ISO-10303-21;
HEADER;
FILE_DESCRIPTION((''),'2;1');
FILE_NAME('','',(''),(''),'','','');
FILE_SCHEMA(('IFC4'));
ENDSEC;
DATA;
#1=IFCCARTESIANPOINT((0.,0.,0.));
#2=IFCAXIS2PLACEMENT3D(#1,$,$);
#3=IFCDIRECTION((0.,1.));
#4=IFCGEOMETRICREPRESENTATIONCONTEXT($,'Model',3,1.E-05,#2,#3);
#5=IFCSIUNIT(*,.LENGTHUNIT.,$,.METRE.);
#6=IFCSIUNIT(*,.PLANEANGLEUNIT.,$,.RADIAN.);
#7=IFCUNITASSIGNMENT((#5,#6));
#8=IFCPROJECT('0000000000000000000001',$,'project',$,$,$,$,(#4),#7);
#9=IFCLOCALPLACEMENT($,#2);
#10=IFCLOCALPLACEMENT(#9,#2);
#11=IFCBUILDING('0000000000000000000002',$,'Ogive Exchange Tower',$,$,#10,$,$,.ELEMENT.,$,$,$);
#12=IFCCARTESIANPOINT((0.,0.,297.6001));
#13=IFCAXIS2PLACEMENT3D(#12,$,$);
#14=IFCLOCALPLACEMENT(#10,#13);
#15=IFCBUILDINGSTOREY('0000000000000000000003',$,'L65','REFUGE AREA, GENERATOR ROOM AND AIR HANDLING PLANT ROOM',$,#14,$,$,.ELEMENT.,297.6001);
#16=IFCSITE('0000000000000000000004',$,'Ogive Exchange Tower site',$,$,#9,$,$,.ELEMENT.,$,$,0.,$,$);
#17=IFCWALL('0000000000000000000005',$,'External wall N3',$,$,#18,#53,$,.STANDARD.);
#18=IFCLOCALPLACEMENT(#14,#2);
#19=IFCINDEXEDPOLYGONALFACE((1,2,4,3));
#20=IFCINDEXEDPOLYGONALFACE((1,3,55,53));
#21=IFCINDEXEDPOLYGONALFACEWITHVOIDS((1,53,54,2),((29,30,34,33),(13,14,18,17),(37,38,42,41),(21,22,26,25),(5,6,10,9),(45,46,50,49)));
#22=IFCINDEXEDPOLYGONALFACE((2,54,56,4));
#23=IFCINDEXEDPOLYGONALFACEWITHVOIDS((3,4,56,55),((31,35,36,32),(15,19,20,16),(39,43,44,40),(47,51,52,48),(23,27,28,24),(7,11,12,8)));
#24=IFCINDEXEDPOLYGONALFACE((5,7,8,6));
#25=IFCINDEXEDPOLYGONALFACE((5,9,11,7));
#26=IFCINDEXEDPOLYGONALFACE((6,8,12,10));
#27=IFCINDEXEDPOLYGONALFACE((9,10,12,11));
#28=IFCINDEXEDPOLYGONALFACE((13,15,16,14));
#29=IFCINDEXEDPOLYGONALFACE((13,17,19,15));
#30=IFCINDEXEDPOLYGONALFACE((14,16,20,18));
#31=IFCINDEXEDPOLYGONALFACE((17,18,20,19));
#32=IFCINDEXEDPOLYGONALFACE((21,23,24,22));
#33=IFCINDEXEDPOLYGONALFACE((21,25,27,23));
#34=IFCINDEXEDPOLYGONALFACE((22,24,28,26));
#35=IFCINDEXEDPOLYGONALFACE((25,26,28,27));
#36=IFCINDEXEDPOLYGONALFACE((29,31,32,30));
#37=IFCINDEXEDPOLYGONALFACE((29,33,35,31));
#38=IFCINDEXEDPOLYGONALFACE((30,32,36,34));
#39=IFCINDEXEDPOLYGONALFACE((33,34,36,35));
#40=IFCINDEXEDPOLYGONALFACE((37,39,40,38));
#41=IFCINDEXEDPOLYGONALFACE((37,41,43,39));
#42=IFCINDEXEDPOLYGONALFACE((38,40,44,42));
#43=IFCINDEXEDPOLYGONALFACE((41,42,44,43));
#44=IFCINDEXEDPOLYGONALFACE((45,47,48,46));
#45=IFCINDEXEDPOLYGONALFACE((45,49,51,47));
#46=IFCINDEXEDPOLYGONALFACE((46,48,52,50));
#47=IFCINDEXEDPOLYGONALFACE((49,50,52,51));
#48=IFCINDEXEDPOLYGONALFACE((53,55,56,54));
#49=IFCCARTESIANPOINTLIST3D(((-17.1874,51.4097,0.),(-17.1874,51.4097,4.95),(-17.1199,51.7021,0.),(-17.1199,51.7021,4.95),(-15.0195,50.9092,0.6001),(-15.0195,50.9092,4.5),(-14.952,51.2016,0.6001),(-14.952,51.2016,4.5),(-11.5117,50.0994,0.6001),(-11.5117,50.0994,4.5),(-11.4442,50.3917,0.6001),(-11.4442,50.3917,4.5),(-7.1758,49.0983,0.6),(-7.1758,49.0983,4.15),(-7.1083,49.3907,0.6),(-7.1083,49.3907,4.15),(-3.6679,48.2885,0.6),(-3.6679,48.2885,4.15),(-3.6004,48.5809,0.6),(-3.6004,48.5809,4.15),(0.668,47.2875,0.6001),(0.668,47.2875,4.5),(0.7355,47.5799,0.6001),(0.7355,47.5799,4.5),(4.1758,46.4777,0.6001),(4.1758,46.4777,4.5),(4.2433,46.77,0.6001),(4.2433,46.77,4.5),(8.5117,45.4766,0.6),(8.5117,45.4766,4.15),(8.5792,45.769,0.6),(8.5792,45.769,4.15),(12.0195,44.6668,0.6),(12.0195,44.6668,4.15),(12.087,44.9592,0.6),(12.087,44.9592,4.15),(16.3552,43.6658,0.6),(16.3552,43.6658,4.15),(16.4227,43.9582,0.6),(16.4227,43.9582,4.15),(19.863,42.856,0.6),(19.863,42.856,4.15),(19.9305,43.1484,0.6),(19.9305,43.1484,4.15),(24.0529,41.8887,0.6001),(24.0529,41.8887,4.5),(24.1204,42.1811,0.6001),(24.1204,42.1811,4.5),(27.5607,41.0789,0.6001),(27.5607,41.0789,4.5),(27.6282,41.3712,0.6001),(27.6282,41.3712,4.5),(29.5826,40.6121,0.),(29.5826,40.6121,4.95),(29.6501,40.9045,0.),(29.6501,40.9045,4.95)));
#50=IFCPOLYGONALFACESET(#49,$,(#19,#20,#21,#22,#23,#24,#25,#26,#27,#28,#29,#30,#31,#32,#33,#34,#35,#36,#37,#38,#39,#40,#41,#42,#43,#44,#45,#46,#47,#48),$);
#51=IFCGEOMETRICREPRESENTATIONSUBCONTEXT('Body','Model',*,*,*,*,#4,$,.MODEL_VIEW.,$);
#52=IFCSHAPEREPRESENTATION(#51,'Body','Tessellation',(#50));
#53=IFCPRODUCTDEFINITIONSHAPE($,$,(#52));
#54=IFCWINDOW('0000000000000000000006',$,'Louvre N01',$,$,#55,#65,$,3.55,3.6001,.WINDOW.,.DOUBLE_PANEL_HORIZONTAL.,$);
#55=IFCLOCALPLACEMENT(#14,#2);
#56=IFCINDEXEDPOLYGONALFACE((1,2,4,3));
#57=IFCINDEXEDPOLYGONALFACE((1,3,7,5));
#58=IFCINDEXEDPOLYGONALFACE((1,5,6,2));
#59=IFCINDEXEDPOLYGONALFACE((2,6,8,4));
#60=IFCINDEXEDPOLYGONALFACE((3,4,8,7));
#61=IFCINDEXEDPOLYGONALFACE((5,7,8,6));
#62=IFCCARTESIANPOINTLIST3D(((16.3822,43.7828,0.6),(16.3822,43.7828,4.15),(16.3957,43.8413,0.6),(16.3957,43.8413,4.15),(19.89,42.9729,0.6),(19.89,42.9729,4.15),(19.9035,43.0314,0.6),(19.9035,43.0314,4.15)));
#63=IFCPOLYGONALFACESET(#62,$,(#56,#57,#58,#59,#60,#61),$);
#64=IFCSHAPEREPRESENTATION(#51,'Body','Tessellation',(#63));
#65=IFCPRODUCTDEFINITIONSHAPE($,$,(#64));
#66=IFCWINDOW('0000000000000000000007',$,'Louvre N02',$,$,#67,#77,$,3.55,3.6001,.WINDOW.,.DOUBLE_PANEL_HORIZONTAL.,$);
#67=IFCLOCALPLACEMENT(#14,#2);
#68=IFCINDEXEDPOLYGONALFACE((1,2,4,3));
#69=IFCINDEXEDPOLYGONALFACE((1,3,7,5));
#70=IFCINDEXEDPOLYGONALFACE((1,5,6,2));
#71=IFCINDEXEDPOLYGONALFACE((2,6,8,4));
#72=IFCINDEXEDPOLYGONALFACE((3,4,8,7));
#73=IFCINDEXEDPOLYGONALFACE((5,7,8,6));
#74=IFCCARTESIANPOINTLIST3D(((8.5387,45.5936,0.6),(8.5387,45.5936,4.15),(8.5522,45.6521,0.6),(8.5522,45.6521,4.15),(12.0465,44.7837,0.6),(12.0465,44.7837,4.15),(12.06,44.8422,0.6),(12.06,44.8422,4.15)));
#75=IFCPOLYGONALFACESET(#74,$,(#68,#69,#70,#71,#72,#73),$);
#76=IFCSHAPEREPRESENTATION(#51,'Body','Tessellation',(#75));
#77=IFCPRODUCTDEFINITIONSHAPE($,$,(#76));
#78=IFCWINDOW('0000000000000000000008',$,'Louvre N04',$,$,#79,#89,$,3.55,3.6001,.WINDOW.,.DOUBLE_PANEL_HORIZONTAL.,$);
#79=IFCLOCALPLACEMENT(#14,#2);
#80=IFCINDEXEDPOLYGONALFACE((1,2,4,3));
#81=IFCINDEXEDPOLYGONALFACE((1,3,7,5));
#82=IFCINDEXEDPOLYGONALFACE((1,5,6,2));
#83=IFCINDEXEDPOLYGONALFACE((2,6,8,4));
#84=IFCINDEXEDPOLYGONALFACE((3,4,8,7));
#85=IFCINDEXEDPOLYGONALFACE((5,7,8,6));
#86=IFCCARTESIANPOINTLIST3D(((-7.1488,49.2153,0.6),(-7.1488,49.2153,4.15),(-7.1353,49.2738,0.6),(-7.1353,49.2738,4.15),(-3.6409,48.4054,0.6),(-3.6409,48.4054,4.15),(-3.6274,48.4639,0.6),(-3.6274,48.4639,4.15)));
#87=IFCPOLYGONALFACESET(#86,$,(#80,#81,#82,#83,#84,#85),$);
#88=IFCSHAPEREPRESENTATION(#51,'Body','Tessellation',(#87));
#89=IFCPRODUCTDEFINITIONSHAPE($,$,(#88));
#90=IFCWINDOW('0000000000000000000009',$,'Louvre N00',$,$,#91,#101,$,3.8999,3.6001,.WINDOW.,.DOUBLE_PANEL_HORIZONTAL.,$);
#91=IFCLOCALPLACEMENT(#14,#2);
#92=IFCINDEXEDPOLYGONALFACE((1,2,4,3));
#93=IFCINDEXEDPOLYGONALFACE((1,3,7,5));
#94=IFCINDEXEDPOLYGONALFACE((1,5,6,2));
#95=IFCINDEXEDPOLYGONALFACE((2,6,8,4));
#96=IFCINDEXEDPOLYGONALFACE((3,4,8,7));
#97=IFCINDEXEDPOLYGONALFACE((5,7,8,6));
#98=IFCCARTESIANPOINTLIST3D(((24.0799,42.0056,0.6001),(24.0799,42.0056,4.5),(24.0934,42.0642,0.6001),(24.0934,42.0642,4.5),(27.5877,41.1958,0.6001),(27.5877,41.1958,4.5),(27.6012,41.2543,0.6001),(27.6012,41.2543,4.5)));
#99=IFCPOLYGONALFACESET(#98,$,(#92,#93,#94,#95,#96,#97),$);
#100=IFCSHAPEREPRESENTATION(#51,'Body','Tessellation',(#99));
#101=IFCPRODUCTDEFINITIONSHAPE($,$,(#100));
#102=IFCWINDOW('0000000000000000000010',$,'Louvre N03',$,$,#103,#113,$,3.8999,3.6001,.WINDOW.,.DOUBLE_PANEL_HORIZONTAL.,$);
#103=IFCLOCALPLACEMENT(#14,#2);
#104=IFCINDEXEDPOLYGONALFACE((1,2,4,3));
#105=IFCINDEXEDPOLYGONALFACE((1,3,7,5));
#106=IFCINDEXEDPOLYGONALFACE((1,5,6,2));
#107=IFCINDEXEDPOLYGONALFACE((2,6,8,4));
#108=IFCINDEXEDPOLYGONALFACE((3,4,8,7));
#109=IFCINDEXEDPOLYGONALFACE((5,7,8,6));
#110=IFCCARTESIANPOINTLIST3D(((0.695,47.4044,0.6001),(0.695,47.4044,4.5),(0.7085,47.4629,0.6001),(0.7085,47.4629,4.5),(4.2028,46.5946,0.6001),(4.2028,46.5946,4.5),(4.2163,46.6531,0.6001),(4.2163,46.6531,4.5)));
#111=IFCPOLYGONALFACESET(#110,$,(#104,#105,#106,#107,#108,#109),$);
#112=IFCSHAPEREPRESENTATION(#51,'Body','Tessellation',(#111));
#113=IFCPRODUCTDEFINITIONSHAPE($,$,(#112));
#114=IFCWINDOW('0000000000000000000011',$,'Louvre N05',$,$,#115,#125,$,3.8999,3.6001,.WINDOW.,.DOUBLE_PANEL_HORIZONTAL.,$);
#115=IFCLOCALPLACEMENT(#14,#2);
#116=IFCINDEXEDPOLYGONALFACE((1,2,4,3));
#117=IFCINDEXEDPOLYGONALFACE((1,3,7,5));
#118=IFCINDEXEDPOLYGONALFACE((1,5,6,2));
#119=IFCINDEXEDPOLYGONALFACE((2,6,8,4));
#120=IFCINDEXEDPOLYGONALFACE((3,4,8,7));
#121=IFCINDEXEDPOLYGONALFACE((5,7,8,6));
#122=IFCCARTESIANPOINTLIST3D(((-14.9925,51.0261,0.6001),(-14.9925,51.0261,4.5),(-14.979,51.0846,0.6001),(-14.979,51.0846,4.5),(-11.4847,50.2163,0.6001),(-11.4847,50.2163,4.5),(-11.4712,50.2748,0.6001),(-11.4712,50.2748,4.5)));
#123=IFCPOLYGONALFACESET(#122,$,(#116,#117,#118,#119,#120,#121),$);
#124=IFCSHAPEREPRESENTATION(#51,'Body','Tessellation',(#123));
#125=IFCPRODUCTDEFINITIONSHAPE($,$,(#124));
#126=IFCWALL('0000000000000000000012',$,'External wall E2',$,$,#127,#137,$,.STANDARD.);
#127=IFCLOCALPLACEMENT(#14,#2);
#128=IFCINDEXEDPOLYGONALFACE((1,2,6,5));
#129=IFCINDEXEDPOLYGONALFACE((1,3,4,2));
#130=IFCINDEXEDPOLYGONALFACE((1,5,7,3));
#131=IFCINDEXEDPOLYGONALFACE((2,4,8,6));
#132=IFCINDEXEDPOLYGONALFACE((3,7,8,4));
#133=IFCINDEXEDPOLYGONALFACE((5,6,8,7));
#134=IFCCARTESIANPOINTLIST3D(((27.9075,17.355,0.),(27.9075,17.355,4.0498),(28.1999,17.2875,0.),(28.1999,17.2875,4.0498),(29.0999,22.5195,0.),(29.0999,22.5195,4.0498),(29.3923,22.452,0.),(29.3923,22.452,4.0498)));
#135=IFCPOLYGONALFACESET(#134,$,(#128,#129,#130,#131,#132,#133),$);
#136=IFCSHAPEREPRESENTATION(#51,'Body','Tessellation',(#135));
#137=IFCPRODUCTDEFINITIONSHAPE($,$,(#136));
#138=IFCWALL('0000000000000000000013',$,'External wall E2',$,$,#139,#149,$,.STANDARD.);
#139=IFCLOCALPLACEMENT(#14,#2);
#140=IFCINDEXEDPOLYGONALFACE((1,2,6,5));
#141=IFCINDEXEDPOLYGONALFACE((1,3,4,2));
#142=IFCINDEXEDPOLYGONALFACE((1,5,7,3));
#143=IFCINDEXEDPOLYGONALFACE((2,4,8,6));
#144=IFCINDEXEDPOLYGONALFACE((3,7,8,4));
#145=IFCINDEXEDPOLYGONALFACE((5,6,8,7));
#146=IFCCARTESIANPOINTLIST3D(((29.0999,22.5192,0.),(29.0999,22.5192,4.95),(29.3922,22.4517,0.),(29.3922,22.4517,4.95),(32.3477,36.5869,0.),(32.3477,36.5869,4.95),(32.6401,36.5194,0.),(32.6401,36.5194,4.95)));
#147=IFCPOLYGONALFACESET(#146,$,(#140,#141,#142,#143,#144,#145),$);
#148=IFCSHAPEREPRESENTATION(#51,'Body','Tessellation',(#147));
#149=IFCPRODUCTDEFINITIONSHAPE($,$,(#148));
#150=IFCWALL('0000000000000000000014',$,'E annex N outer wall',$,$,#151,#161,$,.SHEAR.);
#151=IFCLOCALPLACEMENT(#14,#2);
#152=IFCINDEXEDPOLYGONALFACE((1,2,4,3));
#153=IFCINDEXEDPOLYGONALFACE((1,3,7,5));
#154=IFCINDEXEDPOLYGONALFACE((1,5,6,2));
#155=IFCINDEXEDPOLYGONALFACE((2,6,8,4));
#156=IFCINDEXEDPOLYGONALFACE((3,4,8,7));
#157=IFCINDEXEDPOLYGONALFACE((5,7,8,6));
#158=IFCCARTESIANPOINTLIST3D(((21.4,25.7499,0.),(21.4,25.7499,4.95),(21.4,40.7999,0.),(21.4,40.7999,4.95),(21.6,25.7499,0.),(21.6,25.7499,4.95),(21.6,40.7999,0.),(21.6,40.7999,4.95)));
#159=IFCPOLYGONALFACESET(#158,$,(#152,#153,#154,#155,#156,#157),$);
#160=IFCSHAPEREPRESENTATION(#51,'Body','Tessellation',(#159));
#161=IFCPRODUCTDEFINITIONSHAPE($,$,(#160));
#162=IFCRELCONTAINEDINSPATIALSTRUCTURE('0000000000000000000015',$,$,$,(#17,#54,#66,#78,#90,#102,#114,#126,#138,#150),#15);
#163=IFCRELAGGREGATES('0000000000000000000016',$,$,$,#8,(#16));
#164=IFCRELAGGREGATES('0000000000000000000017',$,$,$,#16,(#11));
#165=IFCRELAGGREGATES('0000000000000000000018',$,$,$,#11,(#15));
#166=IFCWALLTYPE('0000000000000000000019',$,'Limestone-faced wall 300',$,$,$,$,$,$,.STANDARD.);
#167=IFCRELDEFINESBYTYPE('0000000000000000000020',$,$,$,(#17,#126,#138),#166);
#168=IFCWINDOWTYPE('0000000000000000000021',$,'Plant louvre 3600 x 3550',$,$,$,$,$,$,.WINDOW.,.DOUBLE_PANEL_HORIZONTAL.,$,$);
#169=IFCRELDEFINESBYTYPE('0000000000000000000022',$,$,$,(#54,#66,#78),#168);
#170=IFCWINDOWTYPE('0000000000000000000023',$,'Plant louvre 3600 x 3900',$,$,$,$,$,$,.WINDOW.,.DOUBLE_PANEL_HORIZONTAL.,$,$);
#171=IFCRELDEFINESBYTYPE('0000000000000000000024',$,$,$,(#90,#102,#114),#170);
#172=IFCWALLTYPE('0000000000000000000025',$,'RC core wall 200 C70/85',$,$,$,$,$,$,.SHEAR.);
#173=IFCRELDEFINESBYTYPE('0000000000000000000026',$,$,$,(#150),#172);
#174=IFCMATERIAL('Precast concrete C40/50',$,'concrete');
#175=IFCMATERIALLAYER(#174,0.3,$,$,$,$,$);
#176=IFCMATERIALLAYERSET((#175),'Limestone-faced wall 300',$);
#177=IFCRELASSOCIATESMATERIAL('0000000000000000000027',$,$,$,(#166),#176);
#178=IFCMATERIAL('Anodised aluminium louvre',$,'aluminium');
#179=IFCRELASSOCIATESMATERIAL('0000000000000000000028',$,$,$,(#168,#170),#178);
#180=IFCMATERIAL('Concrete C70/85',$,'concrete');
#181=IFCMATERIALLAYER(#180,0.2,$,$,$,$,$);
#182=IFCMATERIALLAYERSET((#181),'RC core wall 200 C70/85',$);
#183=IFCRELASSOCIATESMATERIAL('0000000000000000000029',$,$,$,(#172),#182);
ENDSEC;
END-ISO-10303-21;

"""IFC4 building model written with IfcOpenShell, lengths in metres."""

from ifc_helpers import new_model, si_unit, direction, frame, frame_2d, origin, place, context, subcontext, project, spatial, rectangle, extrude, material, layer, layer_set, type_object, element, fill, save


model = new_model("IFC4")

# Units and contexts
model_context = context("Model", 3, precision=1e-05, world=origin(), true_north=direction((0.0, 1.0)))
body_context = subcontext(model_context, "Body", "Model", "MODEL_VIEW")
ifc_project = project(units=[si_unit("LENGTHUNIT", "METRE"), si_unit("PLANEANGLEUNIT", "RADIAN")], contexts=[model_context])

# Site, building, storey
site_placement = place(None, origin())
site = spatial("IfcSite", under=ifc_project, at=site_placement, Name="Ogive Exchange Tower site", CompositionType="ELEMENT", RefElevation=0.0)
building_placement = place(site_placement, origin())
building = spatial("IfcBuilding", under=site, at=building_placement, Name="Ogive Exchange Tower", CompositionType="ELEMENT")
storey_placement = place(building_placement, frame((0.0, 0.0, 297.6001)))
storey = spatial("IfcBuildingStorey", under=building, at=storey_placement, Name="L65", Description="REFUGE AREA, GENERATOR ROOM AND AIR HANDLING PLANT ROOM", CompositionType="ELEMENT", Elevation=297.6001)

# Wall, openings, windows
ifc_material_1 = material(Name="Precast concrete C40/50", Category="concrete")
ifc_layer_1 = layer(ifc_material_1, 0.3)
ifc_layer_set_1 = layer_set([ifc_layer_1], Name="Limestone-faced wall 300")
wall_type_1 = type_object("IfcWallType", Name="Limestone-faced wall 300", PredefinedType="STANDARD", material=ifc_layer_set_1)
wall_1_placement = place(storey_placement, frame((29.6162, 40.7583, 0.0), z_axis=(0.0, 0.0, 1.0), x_axis=(-0.974371, 0.224949, 0.0)))
wall_1 = element("IfcWall", 1, at=wall_1_placement, inside=storey, type_object=wall_type_1, Name="External wall N3", PredefinedType="STANDARD", context=body_context, shape_type="SweptSolid", body=[
    extrude(rectangle(XDim=48.0002, YDim=0.3, at=frame_2d((24.0, 0.0))), origin(), (0.0, 0.0, 1.0), 4.95),
])
opening_1_placement = place(wall_1_placement, frame((2.075, 0.0, 0.6001)))
opening_1 = element("IfcOpeningElement", 2, at=opening_1_placement, cuts=wall_1, PredefinedType="OPENING", context=body_context, shape_type="SweptSolid", body=[
    extrude(rectangle(XDim=3.6001, YDim=3.8999, at=frame_2d((1.8, 1.95))), frame((0.0, 0.1599, 0.0), z_axis=(0.0, -1.0, 0.0), x_axis=(1.0, 0.0, 0.0)), (0.0, 0.0, 1.0), 0.3201),
])
opening_2_placement = place(wall_1_placement, frame((9.9751, 0.0, 0.6001)))
opening_2 = element("IfcOpeningElement", 3, at=opening_2_placement, cuts=wall_1, PredefinedType="OPENING", context=body_context, shape_type="SweptSolid", body=[
    extrude(rectangle(XDim=3.6001, YDim=3.55, at=frame_2d((1.8, 1.7749))), frame((0.0, 0.1599, 0.0), z_axis=(0.0, -1.0, 0.0), x_axis=(1.0, 0.0, 0.0)), (0.0, 0.0, 1.0), 0.3201),
])
opening_3_placement = place(wall_1_placement, frame((18.0249, 0.0, 0.6001)))
opening_3 = element("IfcOpeningElement", 4, at=opening_3_placement, cuts=wall_1, PredefinedType="OPENING", context=body_context, shape_type="SweptSolid", body=[
    extrude(rectangle(XDim=3.6001, YDim=3.55, at=frame_2d((1.8, 1.7749))), frame((0.0, 0.1599, 0.0), z_axis=(0.0, -1.0, 0.0), x_axis=(1.0, 0.0, 0.0)), (0.0, 0.0, 1.0), 0.3201),
])
opening_4_placement = place(wall_1_placement, frame((26.075, 0.0, 0.6001)))
opening_4 = element("IfcOpeningElement", 5, at=opening_4_placement, cuts=wall_1, PredefinedType="OPENING", context=body_context, shape_type="SweptSolid", body=[
    extrude(rectangle(XDim=3.6001, YDim=3.8999, at=frame_2d((1.8, 1.95))), frame((0.0, 0.1599, 0.0), z_axis=(0.0, -1.0, 0.0), x_axis=(1.0, 0.0, 0.0)), (0.0, 0.0, 1.0), 0.3201),
])
opening_5_placement = place(wall_1_placement, frame((34.125, 0.0, 0.6001)))
opening_5 = element("IfcOpeningElement", 6, at=opening_5_placement, cuts=wall_1, PredefinedType="OPENING", context=body_context, shape_type="SweptSolid", body=[
    extrude(rectangle(XDim=3.6001, YDim=3.55, at=frame_2d((1.8, 1.7749))), frame((0.0, 0.1599, 0.0), z_axis=(0.0, -1.0, 0.0), x_axis=(1.0, 0.0, 0.0)), (0.0, 0.0, 1.0), 0.3201),
])
opening_6_placement = place(wall_1_placement, frame((42.175, 0.0, 0.6001)))
opening_6 = element("IfcOpeningElement", 7, at=opening_6_placement, cuts=wall_1, PredefinedType="OPENING", context=body_context, shape_type="SweptSolid", body=[
    extrude(rectangle(XDim=3.6001, YDim=3.8999, at=frame_2d((1.8, 1.95))), frame((0.0, 0.1599, 0.0), z_axis=(0.0, -1.0, 0.0), x_axis=(1.0, 0.0, 0.0)), (0.0, 0.0, 1.0), 0.3201),
])
ifc_material_2 = material(Name="Anodised aluminium louvre", Category="aluminium")
window_type_1 = type_object("IfcWindowType", Name="Plant louvre 3600 x 3550", PartitioningType="DOUBLE_PANEL_HORIZONTAL", PredefinedType="WINDOW", material=ifc_material_2)
window_1_placement = place(opening_2_placement, origin())
window_1 = element("IfcWindow", 8, at=window_1_placement, inside=storey, type_object=window_type_1, Name="Louvre N01", OverallHeight=3.55, OverallWidth=3.6001, PartitioningType="DOUBLE_PANEL_HORIZONTAL", PredefinedType="WINDOW", context=body_context, shape_type="SweptSolid", body=[
    extrude(rectangle(XDim=3.6001, YDim=3.55, at=frame_2d((1.8, 1.7749))), frame((0.0, 0.03, 0.0), z_axis=(0.0, -1.0, 0.0), x_axis=(1.0, 0.0, 0.0)), (0.0, 0.0, 1.0), 0.0601),
])
fill(opening_2, window_1)
window_2_placement = place(opening_3_placement, origin())
window_2 = element("IfcWindow", 9, at=window_2_placement, inside=storey, type_object=window_type_1, Name="Louvre N02", OverallHeight=3.55, OverallWidth=3.6001, PartitioningType="DOUBLE_PANEL_HORIZONTAL", PredefinedType="WINDOW", context=body_context, shape_type="SweptSolid", body=[
    extrude(rectangle(XDim=3.6001, YDim=3.55, at=frame_2d((1.8, 1.7749))), frame((0.0, 0.03, 0.0), z_axis=(0.0, -1.0, 0.0), x_axis=(1.0, 0.0, 0.0)), (0.0, 0.0, 1.0), 0.0601),
])
fill(opening_3, window_2)
window_3_placement = place(opening_5_placement, origin())
window_3 = element("IfcWindow", 10, at=window_3_placement, inside=storey, type_object=window_type_1, Name="Louvre N04", OverallHeight=3.55, OverallWidth=3.6001, PartitioningType="DOUBLE_PANEL_HORIZONTAL", PredefinedType="WINDOW", context=body_context, shape_type="SweptSolid", body=[
    extrude(rectangle(XDim=3.6001, YDim=3.55, at=frame_2d((1.8, 1.7749))), frame((0.0, 0.03, 0.0), z_axis=(0.0, -1.0, 0.0), x_axis=(1.0, 0.0, 0.0)), (0.0, 0.0, 1.0), 0.0601),
])
fill(opening_5, window_3)
window_type_2 = type_object("IfcWindowType", Name="Plant louvre 3600 x 3900", PartitioningType="DOUBLE_PANEL_HORIZONTAL", PredefinedType="WINDOW", material=ifc_material_2)
window_4_placement = place(opening_1_placement, origin())
window_4 = element("IfcWindow", 11, at=window_4_placement, inside=storey, type_object=window_type_2, Name="Louvre N00", OverallHeight=3.8999, OverallWidth=3.6001, PartitioningType="DOUBLE_PANEL_HORIZONTAL", PredefinedType="WINDOW", context=body_context, shape_type="SweptSolid", body=[
    extrude(rectangle(XDim=3.6001, YDim=3.8999, at=frame_2d((1.8, 1.95))), frame((0.0, 0.03, 0.0), z_axis=(0.0, -1.0, 0.0), x_axis=(1.0, 0.0, 0.0)), (0.0, 0.0, 1.0), 0.0601),
])
fill(opening_1, window_4)
window_5_placement = place(opening_4_placement, origin())
window_5 = element("IfcWindow", 12, at=window_5_placement, inside=storey, type_object=window_type_2, Name="Louvre N03", OverallHeight=3.8999, OverallWidth=3.6001, PartitioningType="DOUBLE_PANEL_HORIZONTAL", PredefinedType="WINDOW", context=body_context, shape_type="SweptSolid", body=[
    extrude(rectangle(XDim=3.6001, YDim=3.8999, at=frame_2d((1.8, 1.95))), frame((0.0, 0.03, 0.0), z_axis=(0.0, -1.0, 0.0), x_axis=(1.0, 0.0, 0.0)), (0.0, 0.0, 1.0), 0.0601),
])
fill(opening_4, window_5)
window_6_placement = place(opening_6_placement, origin())
window_6 = element("IfcWindow", 13, at=window_6_placement, inside=storey, type_object=window_type_2, Name="Louvre N05", OverallHeight=3.8999, OverallWidth=3.6001, PartitioningType="DOUBLE_PANEL_HORIZONTAL", PredefinedType="WINDOW", context=body_context, shape_type="SweptSolid", body=[
    extrude(rectangle(XDim=3.6001, YDim=3.8999, at=frame_2d((1.8, 1.95))), frame((0.0, 0.03, 0.0), z_axis=(0.0, -1.0, 0.0), x_axis=(1.0, 0.0, 0.0)), (0.0, 0.0, 1.0), 0.0601),
])
fill(opening_6, window_6)

# Walls
wall_2_placement = place(storey_placement, frame((28.0537, 17.3213, 0.0), z_axis=(0.0, 0.0, 1.0), x_axis=(0.224971, 0.974366, 0.0)))
element("IfcWall", 14, at=wall_2_placement, inside=storey, type_object=wall_type_1, Name="External wall E2", PredefinedType="STANDARD", context=body_context, shape_type="SweptSolid", body=[
    extrude(rectangle(XDim=5.3003, YDim=0.3, at=frame_2d((2.6501, 0.0))), origin(), (0.0, 0.0, 1.0), 4.0498),
])
wall_3_placement = place(storey_placement, frame((29.2461, 22.4856, 0.0), z_axis=(0.0, 0.0, 1.0), x_axis=(0.224953, 0.97437, 0.0)))
element("IfcWall", 15, at=wall_3_placement, inside=storey, type_object=wall_type_1, Name="External wall E2", PredefinedType="STANDARD", context=body_context, shape_type="SweptSolid", body=[
    extrude(rectangle(XDim=14.4377, YDim=0.3, at=frame_2d((7.2188, 0.0))), origin(), (0.0, 0.0, 1.0), 4.95),
])
ifc_material_3 = material(Name="Concrete C70/85", Category="concrete")
ifc_layer_2 = layer(ifc_material_3, 0.2)
ifc_layer_set_2 = layer_set([ifc_layer_2], Name="RC core wall 200 C70/85")
wall_type_2 = type_object("IfcWallType", Name="RC core wall 200 C70/85", PredefinedType="SHEAR", material=ifc_layer_set_2)
wall_4_placement = place(storey_placement, frame((21.5, 25.75, 0.0), z_axis=(0.0, 0.0, 1.0), x_axis=(0.0, 1.0, 0.0)))
element("IfcWall", 16, at=wall_4_placement, inside=storey, type_object=wall_type_2, Name="E annex N outer wall", PredefinedType="SHEAR", context=body_context, shape_type="SweptSolid", body=[
    extrude(rectangle(XDim=15.05, YDim=0.2, at=frame_2d((7.5249, 0.0))), origin(), (0.0, 0.0, 1.0), 4.95),
])

save(model, "model.ifc")
